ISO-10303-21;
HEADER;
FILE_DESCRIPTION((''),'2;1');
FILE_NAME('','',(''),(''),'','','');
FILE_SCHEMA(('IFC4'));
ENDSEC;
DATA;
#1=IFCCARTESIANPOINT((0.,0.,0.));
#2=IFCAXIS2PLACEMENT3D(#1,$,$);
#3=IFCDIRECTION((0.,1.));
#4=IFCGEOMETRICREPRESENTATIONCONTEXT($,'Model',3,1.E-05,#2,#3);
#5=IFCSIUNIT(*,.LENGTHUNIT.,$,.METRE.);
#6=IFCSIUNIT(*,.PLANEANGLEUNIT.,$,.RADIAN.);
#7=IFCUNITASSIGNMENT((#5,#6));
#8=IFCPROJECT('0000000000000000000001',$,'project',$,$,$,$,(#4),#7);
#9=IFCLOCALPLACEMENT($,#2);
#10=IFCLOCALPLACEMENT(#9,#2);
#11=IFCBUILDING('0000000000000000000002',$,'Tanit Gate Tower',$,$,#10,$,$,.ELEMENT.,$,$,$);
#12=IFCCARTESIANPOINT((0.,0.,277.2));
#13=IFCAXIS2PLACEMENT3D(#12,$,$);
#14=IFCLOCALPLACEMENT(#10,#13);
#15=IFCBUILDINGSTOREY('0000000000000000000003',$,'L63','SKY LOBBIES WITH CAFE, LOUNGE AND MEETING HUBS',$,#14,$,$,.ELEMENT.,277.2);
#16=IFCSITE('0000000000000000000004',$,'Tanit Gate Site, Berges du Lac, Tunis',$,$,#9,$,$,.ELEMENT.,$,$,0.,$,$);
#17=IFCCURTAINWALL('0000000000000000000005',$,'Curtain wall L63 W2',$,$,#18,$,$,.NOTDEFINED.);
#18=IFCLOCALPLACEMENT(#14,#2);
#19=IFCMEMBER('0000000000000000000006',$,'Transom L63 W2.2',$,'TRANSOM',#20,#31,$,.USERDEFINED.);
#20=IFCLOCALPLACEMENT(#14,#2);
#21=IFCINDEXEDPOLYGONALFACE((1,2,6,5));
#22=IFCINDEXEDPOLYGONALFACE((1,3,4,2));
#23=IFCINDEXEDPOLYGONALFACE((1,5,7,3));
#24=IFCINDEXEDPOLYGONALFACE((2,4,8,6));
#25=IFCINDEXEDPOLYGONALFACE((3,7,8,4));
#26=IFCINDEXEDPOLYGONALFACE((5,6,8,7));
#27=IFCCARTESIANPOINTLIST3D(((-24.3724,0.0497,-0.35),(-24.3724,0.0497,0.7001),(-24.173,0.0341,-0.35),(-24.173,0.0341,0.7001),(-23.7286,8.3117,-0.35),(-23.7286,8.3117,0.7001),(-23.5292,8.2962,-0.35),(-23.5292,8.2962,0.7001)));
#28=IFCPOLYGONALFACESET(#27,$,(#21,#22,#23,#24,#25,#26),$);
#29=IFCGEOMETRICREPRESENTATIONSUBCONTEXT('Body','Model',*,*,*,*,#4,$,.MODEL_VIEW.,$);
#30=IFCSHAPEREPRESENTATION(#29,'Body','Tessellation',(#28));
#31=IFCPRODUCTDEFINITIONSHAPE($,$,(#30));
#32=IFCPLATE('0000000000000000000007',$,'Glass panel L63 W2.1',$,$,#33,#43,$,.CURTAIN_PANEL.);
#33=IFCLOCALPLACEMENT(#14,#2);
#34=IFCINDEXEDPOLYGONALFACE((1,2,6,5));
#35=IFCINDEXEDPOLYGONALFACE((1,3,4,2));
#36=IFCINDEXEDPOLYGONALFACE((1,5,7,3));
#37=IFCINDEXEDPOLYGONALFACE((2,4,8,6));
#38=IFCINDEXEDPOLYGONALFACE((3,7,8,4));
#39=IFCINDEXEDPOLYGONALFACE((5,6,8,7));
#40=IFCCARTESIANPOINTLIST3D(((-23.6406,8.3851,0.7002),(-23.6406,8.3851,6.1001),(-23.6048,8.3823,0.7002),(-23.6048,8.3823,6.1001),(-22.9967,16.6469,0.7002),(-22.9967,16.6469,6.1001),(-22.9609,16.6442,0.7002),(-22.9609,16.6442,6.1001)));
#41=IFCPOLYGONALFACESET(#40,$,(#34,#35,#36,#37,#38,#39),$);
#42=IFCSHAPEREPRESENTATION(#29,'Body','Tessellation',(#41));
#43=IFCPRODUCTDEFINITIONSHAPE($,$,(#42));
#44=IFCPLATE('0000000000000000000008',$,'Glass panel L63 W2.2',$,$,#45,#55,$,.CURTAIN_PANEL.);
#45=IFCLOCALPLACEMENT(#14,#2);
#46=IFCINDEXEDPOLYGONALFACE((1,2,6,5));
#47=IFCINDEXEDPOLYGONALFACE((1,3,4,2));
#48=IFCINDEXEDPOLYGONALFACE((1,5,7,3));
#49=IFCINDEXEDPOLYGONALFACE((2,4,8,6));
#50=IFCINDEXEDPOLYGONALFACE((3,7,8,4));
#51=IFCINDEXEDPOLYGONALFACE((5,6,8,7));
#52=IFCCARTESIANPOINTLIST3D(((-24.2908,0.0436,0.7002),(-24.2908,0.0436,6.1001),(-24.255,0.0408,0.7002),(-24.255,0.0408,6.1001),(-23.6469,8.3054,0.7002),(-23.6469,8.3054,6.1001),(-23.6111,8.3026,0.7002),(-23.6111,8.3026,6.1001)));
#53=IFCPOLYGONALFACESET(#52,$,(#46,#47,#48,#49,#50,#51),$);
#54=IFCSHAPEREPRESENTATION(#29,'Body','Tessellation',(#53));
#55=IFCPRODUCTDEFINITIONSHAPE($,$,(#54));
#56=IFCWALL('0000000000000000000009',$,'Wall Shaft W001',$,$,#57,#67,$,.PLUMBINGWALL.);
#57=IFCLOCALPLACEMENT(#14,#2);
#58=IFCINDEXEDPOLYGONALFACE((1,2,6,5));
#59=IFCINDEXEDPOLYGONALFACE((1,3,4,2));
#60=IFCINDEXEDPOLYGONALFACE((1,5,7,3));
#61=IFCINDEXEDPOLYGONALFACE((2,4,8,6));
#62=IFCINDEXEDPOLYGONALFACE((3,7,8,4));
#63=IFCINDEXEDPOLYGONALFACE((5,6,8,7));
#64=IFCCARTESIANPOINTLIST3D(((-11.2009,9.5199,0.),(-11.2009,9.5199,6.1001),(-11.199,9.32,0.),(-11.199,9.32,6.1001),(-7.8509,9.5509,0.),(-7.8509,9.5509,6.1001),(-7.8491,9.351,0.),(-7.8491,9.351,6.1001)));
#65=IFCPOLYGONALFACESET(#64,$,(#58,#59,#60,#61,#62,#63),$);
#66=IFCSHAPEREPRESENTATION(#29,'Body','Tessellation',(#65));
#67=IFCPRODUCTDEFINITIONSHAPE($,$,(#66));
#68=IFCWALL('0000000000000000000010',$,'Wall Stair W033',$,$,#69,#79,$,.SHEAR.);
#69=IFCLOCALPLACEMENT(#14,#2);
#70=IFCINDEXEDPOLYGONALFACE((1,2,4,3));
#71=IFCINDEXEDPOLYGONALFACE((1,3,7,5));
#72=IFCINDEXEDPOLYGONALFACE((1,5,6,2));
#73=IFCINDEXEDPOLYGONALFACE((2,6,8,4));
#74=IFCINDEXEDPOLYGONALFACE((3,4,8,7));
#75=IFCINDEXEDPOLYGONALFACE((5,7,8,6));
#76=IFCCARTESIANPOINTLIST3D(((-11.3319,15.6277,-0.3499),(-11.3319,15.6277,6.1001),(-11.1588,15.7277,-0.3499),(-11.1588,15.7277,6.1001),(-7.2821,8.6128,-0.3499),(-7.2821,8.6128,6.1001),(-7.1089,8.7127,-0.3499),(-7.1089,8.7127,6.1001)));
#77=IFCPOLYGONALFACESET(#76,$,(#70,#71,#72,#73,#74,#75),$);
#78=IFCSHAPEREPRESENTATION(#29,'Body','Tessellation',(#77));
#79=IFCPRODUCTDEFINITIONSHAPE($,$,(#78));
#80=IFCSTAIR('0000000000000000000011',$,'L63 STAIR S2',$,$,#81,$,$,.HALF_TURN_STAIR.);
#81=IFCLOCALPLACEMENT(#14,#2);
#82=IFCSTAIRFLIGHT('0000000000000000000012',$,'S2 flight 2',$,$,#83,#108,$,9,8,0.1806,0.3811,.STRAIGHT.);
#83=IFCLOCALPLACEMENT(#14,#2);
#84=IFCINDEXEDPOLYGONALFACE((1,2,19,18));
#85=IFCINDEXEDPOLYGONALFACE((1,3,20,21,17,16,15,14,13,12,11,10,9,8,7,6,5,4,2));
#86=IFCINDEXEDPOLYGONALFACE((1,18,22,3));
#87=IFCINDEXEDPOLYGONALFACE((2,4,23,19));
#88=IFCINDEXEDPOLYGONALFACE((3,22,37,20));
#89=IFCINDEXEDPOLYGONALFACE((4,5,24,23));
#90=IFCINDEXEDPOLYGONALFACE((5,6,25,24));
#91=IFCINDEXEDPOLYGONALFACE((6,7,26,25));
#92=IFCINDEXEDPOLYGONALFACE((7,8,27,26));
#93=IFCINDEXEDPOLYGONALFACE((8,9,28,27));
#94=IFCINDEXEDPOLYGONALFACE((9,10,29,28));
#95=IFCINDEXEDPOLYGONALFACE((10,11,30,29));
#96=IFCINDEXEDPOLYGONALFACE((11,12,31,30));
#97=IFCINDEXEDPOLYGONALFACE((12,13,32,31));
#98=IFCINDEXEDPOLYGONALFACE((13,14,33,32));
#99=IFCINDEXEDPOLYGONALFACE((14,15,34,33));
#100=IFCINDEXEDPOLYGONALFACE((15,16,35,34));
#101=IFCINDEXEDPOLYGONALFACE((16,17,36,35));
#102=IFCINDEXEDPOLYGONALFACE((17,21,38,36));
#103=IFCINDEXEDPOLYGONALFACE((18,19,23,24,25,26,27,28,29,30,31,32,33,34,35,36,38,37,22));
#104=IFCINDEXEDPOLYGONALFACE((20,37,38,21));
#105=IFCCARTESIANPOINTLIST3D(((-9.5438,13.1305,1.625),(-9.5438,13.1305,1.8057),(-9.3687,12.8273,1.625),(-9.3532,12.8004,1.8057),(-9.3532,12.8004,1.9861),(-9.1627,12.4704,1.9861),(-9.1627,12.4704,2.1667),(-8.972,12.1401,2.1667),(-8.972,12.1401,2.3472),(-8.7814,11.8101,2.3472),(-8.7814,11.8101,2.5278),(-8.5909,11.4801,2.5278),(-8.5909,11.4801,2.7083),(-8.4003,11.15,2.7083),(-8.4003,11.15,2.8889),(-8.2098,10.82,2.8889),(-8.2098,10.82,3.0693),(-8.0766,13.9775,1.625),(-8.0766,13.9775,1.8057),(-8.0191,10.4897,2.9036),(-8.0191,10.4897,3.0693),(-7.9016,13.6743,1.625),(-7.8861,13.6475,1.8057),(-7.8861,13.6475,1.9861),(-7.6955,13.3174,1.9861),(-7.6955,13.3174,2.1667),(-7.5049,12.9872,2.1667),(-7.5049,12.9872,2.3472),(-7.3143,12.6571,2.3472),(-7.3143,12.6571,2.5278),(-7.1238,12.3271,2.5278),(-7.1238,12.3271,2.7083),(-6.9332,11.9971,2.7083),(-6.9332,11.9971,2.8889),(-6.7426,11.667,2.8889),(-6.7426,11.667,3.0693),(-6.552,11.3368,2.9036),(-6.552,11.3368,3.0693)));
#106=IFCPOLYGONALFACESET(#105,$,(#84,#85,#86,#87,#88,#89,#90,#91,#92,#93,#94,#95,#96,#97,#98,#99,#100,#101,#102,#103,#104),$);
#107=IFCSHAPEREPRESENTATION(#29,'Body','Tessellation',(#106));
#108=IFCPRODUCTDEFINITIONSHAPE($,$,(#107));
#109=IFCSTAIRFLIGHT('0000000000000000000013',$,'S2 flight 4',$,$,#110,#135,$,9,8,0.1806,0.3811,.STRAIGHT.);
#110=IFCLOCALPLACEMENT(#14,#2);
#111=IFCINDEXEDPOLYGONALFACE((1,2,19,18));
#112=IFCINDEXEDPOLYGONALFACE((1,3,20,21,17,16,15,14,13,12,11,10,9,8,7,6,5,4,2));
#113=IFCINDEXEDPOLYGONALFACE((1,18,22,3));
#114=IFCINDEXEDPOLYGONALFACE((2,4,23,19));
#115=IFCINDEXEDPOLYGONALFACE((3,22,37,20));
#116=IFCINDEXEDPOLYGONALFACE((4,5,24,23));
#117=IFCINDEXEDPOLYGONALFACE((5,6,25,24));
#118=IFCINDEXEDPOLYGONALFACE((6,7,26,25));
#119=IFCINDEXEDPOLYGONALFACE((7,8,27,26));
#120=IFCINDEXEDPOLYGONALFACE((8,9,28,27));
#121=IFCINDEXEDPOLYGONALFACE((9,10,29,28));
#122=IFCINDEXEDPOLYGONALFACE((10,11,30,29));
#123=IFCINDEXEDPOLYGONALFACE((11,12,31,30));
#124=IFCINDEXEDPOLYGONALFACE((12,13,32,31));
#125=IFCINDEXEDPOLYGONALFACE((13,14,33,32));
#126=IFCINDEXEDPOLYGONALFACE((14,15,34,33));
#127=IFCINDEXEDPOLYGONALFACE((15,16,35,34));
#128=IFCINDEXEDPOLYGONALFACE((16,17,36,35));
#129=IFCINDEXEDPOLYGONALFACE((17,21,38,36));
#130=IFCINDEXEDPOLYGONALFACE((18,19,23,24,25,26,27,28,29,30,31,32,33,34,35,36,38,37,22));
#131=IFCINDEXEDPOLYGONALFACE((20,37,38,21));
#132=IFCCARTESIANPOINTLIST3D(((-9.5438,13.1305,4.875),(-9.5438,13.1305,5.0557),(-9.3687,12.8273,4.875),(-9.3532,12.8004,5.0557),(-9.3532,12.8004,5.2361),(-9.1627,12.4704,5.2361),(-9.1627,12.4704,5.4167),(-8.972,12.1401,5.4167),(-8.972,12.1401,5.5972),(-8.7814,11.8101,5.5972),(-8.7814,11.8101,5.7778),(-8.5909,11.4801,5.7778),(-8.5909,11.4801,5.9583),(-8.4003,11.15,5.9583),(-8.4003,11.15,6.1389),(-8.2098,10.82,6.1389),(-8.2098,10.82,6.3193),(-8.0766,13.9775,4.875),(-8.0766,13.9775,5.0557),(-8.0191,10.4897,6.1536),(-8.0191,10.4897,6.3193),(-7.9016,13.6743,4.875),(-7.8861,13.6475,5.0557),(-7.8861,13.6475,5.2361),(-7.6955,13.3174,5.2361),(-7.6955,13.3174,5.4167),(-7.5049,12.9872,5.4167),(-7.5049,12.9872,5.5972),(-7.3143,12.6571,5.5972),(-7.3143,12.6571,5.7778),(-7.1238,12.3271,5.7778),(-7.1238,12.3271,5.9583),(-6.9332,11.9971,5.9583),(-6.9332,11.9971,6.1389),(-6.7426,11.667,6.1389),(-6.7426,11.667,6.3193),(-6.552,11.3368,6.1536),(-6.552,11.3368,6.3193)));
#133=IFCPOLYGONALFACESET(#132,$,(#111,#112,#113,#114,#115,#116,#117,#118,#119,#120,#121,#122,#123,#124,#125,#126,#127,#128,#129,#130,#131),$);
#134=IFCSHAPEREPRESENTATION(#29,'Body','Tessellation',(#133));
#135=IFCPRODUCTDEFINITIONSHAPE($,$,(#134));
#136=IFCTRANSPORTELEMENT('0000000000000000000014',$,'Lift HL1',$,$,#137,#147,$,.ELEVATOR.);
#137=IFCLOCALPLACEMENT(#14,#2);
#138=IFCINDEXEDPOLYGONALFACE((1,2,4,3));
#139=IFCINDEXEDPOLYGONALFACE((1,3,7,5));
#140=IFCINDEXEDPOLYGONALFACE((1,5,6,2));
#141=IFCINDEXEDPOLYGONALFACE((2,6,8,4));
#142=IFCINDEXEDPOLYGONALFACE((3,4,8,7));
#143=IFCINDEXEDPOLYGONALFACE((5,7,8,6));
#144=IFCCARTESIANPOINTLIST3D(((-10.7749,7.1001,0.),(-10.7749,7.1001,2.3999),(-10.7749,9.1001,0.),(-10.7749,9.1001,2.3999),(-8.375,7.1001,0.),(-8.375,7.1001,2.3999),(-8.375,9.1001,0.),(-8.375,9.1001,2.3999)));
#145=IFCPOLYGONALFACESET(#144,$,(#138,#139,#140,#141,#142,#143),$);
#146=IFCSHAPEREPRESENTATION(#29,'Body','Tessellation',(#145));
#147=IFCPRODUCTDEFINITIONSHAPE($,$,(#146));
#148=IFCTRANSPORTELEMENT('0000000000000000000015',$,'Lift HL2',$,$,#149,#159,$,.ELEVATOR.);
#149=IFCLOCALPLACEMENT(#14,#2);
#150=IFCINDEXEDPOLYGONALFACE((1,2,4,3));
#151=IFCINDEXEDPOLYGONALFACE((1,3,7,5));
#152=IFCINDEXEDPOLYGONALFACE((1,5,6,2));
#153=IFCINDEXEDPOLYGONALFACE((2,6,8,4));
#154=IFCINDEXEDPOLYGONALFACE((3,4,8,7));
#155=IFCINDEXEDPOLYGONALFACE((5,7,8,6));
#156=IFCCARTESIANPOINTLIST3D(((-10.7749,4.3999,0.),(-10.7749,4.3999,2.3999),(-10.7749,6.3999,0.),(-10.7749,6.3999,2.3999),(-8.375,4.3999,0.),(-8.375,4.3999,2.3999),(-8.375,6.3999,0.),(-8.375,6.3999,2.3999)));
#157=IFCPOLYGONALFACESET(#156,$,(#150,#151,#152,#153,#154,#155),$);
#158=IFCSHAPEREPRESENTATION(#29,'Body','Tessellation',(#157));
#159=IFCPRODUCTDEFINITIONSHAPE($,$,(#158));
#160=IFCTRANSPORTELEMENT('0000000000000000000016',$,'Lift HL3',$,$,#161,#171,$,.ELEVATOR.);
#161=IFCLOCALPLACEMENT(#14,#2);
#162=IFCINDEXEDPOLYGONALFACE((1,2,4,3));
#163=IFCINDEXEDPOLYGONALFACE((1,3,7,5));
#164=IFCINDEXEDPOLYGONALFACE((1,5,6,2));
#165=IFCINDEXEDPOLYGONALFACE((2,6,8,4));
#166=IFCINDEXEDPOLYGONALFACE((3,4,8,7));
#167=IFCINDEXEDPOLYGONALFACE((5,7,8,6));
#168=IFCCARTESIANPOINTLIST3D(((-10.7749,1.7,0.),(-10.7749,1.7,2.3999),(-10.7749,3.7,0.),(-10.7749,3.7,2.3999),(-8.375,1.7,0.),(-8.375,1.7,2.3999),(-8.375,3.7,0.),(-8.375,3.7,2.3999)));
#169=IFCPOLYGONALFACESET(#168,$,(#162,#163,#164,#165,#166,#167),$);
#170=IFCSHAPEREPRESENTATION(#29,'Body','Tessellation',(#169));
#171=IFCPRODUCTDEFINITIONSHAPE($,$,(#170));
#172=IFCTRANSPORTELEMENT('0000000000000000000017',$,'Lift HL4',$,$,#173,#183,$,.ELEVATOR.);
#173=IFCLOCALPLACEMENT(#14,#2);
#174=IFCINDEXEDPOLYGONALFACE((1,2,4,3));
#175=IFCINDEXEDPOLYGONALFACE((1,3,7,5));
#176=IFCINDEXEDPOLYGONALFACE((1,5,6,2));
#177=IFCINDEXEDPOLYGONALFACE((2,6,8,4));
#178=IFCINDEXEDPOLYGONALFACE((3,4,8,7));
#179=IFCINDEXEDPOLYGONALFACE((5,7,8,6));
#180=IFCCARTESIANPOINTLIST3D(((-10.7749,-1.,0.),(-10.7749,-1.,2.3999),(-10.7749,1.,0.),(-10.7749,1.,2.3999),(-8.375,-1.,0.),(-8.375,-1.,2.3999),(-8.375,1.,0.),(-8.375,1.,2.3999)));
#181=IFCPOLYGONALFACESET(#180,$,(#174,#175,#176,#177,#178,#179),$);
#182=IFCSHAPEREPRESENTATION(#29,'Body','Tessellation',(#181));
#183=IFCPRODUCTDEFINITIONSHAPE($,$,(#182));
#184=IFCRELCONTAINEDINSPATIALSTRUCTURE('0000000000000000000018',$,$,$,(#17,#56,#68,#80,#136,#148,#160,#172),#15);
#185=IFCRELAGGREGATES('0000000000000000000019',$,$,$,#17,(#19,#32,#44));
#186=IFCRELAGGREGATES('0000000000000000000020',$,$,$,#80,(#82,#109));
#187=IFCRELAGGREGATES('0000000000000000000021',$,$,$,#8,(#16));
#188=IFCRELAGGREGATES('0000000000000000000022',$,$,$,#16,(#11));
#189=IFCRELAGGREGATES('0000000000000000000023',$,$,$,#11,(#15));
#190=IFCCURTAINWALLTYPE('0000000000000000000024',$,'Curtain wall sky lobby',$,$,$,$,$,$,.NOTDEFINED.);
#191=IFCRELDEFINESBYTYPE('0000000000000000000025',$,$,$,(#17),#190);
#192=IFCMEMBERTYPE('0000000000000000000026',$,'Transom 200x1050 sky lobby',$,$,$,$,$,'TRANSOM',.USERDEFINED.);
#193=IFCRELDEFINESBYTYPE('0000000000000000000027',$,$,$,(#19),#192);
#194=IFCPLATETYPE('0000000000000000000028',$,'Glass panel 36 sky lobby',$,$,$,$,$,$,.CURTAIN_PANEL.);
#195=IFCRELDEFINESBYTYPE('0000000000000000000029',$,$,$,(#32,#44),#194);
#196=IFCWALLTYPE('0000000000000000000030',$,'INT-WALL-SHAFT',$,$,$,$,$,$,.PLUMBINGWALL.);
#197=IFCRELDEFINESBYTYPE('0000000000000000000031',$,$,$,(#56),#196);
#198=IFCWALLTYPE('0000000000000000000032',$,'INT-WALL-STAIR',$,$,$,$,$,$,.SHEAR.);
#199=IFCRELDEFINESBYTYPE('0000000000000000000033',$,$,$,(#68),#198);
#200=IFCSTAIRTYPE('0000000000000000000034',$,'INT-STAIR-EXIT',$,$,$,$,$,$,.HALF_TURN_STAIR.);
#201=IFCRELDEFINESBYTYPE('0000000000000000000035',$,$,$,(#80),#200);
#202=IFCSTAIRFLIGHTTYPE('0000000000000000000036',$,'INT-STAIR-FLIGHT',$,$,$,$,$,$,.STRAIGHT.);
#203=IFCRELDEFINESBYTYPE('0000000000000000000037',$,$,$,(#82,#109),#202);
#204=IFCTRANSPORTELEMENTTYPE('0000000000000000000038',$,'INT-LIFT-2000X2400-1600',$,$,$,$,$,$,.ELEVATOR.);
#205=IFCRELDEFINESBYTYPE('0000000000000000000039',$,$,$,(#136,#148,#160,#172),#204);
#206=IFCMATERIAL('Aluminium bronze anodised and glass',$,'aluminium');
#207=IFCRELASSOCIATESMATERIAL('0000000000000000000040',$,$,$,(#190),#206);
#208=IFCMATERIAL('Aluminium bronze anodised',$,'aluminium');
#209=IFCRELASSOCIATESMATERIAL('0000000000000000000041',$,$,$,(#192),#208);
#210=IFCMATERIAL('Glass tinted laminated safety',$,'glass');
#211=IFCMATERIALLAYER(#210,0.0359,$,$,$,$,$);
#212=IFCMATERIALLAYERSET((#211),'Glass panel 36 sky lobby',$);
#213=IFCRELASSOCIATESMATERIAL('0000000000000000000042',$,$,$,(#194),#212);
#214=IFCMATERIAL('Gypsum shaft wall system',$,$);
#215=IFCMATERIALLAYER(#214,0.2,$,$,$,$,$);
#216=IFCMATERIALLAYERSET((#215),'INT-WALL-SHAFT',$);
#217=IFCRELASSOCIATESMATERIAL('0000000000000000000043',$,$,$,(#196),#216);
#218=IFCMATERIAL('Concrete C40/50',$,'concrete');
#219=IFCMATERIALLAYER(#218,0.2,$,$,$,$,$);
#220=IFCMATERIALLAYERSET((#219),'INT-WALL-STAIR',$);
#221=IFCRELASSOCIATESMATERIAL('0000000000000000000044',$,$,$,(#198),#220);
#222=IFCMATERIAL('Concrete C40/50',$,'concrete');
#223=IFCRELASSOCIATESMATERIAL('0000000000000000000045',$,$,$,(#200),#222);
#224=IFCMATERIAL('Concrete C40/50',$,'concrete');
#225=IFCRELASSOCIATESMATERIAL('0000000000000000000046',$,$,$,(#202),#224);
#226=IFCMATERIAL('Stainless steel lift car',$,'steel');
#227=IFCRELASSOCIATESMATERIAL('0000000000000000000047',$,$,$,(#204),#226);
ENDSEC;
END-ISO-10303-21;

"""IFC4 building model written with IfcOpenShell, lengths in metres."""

from ifc_helpers import new_model, si_unit, direction, frame, frame_2d, origin, origin_2d, place, context, subcontext, project, spatial, polyline, rectangle, outline, extrude, material, layer, layer_set, material_profile, profile_set, type_object, element, aggregate, save


model = new_model("IFC4")

# Units and contexts
model_context = context("Model", 3, precision=1e-05, world=origin(), true_north=direction((0.0, 1.0)))
body_context = subcontext(model_context, "Body", "Model", "MODEL_VIEW")
ifc_project = project(units=[si_unit("LENGTHUNIT", "METRE"), si_unit("PLANEANGLEUNIT", "RADIAN")], contexts=[model_context])

# Site, building, storey
site_placement = place(None, origin())
site = spatial("IfcSite", under=ifc_project, at=site_placement, Name="Tanit Gate Site, Berges du Lac, Tunis", CompositionType="ELEMENT", RefElevation=0.0)
building_placement = place(site_placement, origin())
building = spatial("IfcBuilding", under=site, at=building_placement, Name="Tanit Gate Tower", CompositionType="ELEMENT")
storey_placement = place(building_placement, frame((0.0, 0.0, 277.2)))
storey = spatial("IfcBuildingStorey", under=building, at=storey_placement, Name="L63", Description="SKY LOBBIES WITH CAFE, LOUNGE AND MEETING HUBS", CompositionType="ELEMENT", Elevation=277.2)

# Shared definitions
ifc_material_1 = material(Name="Aluminium bronze anodised and glass", Category="aluminium")
curtain_wall_type = type_object("IfcCurtainWallType", Name="Curtain wall sky lobby", PredefinedType="NOTDEFINED", material=ifc_material_1)

# Curtain wall
curtain_wall_1_placement = place(storey_placement, origin())
curtain_wall_1 = element("IfcCurtainWall", 1, at=curtain_wall_1_placement, inside=storey, type_object=curtain_wall_type, Name="Curtain wall L63 W2", PredefinedType="NOTDEFINED")

# Member
ifc_material_2 = material(Name="Aluminium bronze anodised", Category="aluminium")
ifc_material_profile_1 = material_profile(ifc_material_2, rectangle(XDim=0.2, YDim=1.05, at=origin_2d()), Name="200x1050 bronze transom")
ifc_profile_set_1 = profile_set([ifc_material_profile_1], Name="Aluminium bronze anodised")
member_type_1 = type_object("IfcMemberType", Name="Transom 200x1050 sky lobby", ElementType="TRANSOM", PredefinedType="USERDEFINED", material=ifc_profile_set_1)
member_1_placement = place(storey_placement, frame((-23.6289, 8.304, 0.175), z_axis=(-0.077688, -0.996978, 0.0), x_axis=(0.996978, -0.077688, 0.0)))
member_1 = element("IfcMember", 2, at=member_1_placement, type_object=member_type_1, Name="Transom L63 W2.2", ObjectType="TRANSOM", PredefinedType="USERDEFINED", context=body_context, shape_type="SweptSolid", body=[
    extrude(rectangle(XDim=0.2, YDim=1.05, at=origin_2d()), origin(), (0.0, 0.0, 1.0), 8.2871),
])

# Plates
ifc_material_3 = material(Name="Glass tinted laminated safety", Category="glass")
ifc_layer_1 = layer(ifc_material_3, 0.0359)
ifc_layer_set_1 = layer_set([ifc_layer_1], Name="Glass panel 36 sky lobby")
plate_type = type_object("IfcPlateType", Name="Glass panel 36 sky lobby", PredefinedType="CURTAIN_PANEL", material=ifc_layer_set_1)
plate_1_placement = place(storey_placement, frame((-23.3008, 12.5146, 0.7002), z_axis=(0.0, 0.0, 1.0), x_axis=(-0.077701, -0.996977, 0.0)))
plate_1 = element("IfcPlate", 3, at=plate_1_placement, type_object=plate_type, Name="Glass panel L63 W2.1", PredefinedType="CURTAIN_PANEL", context=body_context, shape_type="SweptSolid", body=[
    extrude(rectangle(XDim=8.2869, YDim=0.0359, at=origin_2d()), origin(), (0.0, 0.0, 1.0), 5.3999),
])
plate_2_placement = place(storey_placement, frame((-23.9509, 4.1731, 0.7002), z_axis=(0.0, 0.0, 1.0), x_axis=(-0.077701, -0.996977, 0.0)))
plate_2 = element("IfcPlate", 4, at=plate_2_placement, type_object=plate_type, Name="Glass panel L63 W2.2", PredefinedType="CURTAIN_PANEL", context=body_context, shape_type="SweptSolid", body=[
    extrude(rectangle(XDim=8.2869, YDim=0.0359, at=origin_2d()), origin(), (0.0, 0.0, 1.0), 5.3999),
])
aggregate(curtain_wall_1, [member_1, plate_1, plate_2])

# Walls
ifc_material_4 = material(Name="Gypsum shaft wall system")
ifc_layer_2 = layer(ifc_material_4, 0.2)
ifc_layer_set_2 = layer_set([ifc_layer_2], Name="INT-WALL-SHAFT")
wall_type_1 = type_object("IfcWallType", Name="INT-WALL-SHAFT", PredefinedType="PLUMBINGWALL", material=ifc_layer_set_2)
wall_1_placement = place(storey_placement, frame((-11.2, 9.4199, 0.0), z_axis=(0.0, 0.0, 1.0), x_axis=(0.999957, 0.009255, 0.0)))
element("IfcWall", 5, at=wall_1_placement, inside=storey, type_object=wall_type_1, Name="Wall Shaft W001", PredefinedType="PLUMBINGWALL", context=body_context, shape_type="SweptSolid", body=[
    extrude(rectangle(XDim=3.3501, YDim=0.2, at=frame_2d((1.675, 0.0))), origin(), (0.0, 0.0, 1.0), 6.1001),
])
ifc_material_5 = material(Name="Concrete C40/50", Category="concrete")
ifc_layer_3 = layer(ifc_material_5, 0.2)
ifc_layer_set_3 = layer_set([ifc_layer_3], Name="INT-WALL-STAIR")
wall_type_2 = type_object("IfcWallType", Name="INT-WALL-STAIR", PredefinedType="SHEAR", material=ifc_layer_set_3)
wall_2_placement = place(storey_placement, frame((-11.2454, 15.6777, -0.3499), z_axis=(0.0, 0.0, 1.0), x_axis=(0.499977, -0.866039, 0.0)))
element("IfcWall", 6, at=wall_2_placement, inside=storey, type_object=wall_type_2, Name="Wall Stair W033", PredefinedType="SHEAR", context=body_context, shape_type="SweptSolid", body=[
    extrude(rectangle(XDim=8.1001, YDim=0.2, at=frame_2d((4.05, 0.0))), origin(), (0.0, 0.0, 1.0), 6.45),
])

# Stair, stair flights
ifc_material_6 = material(Name="Concrete C40/50", Category="concrete")
stair_type = type_object("IfcStairType", Name="INT-STAIR-EXIT", PredefinedType="HALF_TURN_STAIR", material=ifc_material_6)
stair_placement = place(storey_placement, origin())
stair = element("IfcStair", 7, at=stair_placement, inside=storey, type_object=stair_type, Name="L63 STAIR S2", PredefinedType="HALF_TURN_STAIR")
ifc_material_7 = material(Name="Concrete C40/50", Category="concrete")
stair_flight_type = type_object("IfcStairFlightType", Name="INT-STAIR-FLIGHT", PredefinedType="STRAIGHT", material=ifc_material_7)
stair_flight_1_placement = place(storey_placement, frame((-8.8103, 13.554, 1.625), z_axis=(0.0, 0.0, 1.0), x_axis=(0.5, -0.866025, 0.0)))
stair_flight_1 = element("IfcStairFlight", 8, at=stair_flight_1_placement, type_object=stair_flight_type, Name="S2 flight 2", NumberOfRisers=9, NumberOfTreads=8, PredefinedType="STRAIGHT", RiserHeight=0.1806, TreadLength=0.3811, context=body_context, shape_type="SweptSolid", body=[
    extrude(outline(polyline([(0.0, 0.0), (0.0, 0.1807), (0.3811, 0.1807), (0.3811, 0.3611), (0.7622, 0.3611), (0.7622, 0.5417), (1.1436, 0.5417), (1.1436, 0.7222), (1.5247, 0.7222), (1.5247, 0.9028), (1.9058, 0.9028), (1.9058, 1.0833), (2.2869, 1.0833), (2.2869, 1.2639), (2.668, 1.2639), (2.668, 1.4443), (3.0493, 1.4443), (3.0493, 1.625), (3.0493, 1.2786), (0.3501, 0.0), (0.0, 0.0)])), frame((0.0, 0.8472, 0.0), z_axis=(0.0, -1.0, 0.0), x_axis=(1.0, 0.0, 0.0)), (0.0, 0.0, 1.0), 1.6941),
])
stair_flight_2_placement = place(storey_placement, frame((-8.8103, 13.554, 4.875), z_axis=(0.0, 0.0, 1.0), x_axis=(0.5, -0.866025, 0.0)))
stair_flight_2 = element("IfcStairFlight", 9, at=stair_flight_2_placement, type_object=stair_flight_type, Name="S2 flight 4", NumberOfRisers=9, NumberOfTreads=8, PredefinedType="STRAIGHT", RiserHeight=0.1806, TreadLength=0.3811, context=body_context, shape_type="SweptSolid", body=[
    extrude(outline(polyline([(0.0, 0.0), (0.0, 0.1807), (0.3811, 0.1807), (0.3811, 0.3611), (0.7622, 0.3611), (0.7622, 0.5417), (1.1436, 0.5417), (1.1436, 0.7222), (1.5247, 0.7222), (1.5247, 0.9028), (1.9058, 0.9028), (1.9058, 1.0833), (2.2869, 1.0833), (2.2869, 1.2639), (2.668, 1.2639), (2.668, 1.4443), (3.0493, 1.4443), (3.0493, 1.625), (3.0493, 1.2786), (0.3501, 0.0), (0.0, 0.0)])), frame((0.0, 0.8472, 0.0), z_axis=(0.0, -1.0, 0.0), x_axis=(1.0, 0.0, 0.0)), (0.0, 0.0, 1.0), 1.6941),
])
aggregate(stair, [stair_flight_1, stair_flight_2])

# Transport elements
ifc_material_8 = material(Name="Stainless steel lift car", Category="steel")
transport_element_type = type_object("IfcTransportElementType", Name="INT-LIFT-2000X2400-1600", PredefinedType="ELEVATOR", material=ifc_material_8)
for number, where, z_axis, x_axis, name in (
    (10, (-9.575, 8.1001, 0.0), (0.0, 0.0, 1.0), (0.0, -1.0, 0.0), "Lift HL1"),
    (11, (-9.575, 5.3999, 0.0), (0.0, 0.0, 1.0), (0.0, -1.0, 0.0), "Lift HL2"),
    (12, (-9.575, 2.7, 0.0), (0.0, 0.0, 1.0), (0.0, -1.0, 0.0), "Lift HL3"),
    (13, (-9.575, 0.0, 0.0), (0.0, 0.0, 1.0), (0.0, -1.0, 0.0), "Lift HL4"),
):
    element("IfcTransportElement", number, at=place(storey_placement, frame(where, z_axis=z_axis, x_axis=x_axis)), inside=storey, type_object=transport_element_type, Name=name, PredefinedType="ELEVATOR", context=body_context, shape_type="SweptSolid", body=[
        extrude(rectangle(XDim=2.0, YDim=2.3999, at=origin_2d()), origin(), (0.0, 0.0, 1.0), 2.3999),
    ])

save(model, "model.ifc")
